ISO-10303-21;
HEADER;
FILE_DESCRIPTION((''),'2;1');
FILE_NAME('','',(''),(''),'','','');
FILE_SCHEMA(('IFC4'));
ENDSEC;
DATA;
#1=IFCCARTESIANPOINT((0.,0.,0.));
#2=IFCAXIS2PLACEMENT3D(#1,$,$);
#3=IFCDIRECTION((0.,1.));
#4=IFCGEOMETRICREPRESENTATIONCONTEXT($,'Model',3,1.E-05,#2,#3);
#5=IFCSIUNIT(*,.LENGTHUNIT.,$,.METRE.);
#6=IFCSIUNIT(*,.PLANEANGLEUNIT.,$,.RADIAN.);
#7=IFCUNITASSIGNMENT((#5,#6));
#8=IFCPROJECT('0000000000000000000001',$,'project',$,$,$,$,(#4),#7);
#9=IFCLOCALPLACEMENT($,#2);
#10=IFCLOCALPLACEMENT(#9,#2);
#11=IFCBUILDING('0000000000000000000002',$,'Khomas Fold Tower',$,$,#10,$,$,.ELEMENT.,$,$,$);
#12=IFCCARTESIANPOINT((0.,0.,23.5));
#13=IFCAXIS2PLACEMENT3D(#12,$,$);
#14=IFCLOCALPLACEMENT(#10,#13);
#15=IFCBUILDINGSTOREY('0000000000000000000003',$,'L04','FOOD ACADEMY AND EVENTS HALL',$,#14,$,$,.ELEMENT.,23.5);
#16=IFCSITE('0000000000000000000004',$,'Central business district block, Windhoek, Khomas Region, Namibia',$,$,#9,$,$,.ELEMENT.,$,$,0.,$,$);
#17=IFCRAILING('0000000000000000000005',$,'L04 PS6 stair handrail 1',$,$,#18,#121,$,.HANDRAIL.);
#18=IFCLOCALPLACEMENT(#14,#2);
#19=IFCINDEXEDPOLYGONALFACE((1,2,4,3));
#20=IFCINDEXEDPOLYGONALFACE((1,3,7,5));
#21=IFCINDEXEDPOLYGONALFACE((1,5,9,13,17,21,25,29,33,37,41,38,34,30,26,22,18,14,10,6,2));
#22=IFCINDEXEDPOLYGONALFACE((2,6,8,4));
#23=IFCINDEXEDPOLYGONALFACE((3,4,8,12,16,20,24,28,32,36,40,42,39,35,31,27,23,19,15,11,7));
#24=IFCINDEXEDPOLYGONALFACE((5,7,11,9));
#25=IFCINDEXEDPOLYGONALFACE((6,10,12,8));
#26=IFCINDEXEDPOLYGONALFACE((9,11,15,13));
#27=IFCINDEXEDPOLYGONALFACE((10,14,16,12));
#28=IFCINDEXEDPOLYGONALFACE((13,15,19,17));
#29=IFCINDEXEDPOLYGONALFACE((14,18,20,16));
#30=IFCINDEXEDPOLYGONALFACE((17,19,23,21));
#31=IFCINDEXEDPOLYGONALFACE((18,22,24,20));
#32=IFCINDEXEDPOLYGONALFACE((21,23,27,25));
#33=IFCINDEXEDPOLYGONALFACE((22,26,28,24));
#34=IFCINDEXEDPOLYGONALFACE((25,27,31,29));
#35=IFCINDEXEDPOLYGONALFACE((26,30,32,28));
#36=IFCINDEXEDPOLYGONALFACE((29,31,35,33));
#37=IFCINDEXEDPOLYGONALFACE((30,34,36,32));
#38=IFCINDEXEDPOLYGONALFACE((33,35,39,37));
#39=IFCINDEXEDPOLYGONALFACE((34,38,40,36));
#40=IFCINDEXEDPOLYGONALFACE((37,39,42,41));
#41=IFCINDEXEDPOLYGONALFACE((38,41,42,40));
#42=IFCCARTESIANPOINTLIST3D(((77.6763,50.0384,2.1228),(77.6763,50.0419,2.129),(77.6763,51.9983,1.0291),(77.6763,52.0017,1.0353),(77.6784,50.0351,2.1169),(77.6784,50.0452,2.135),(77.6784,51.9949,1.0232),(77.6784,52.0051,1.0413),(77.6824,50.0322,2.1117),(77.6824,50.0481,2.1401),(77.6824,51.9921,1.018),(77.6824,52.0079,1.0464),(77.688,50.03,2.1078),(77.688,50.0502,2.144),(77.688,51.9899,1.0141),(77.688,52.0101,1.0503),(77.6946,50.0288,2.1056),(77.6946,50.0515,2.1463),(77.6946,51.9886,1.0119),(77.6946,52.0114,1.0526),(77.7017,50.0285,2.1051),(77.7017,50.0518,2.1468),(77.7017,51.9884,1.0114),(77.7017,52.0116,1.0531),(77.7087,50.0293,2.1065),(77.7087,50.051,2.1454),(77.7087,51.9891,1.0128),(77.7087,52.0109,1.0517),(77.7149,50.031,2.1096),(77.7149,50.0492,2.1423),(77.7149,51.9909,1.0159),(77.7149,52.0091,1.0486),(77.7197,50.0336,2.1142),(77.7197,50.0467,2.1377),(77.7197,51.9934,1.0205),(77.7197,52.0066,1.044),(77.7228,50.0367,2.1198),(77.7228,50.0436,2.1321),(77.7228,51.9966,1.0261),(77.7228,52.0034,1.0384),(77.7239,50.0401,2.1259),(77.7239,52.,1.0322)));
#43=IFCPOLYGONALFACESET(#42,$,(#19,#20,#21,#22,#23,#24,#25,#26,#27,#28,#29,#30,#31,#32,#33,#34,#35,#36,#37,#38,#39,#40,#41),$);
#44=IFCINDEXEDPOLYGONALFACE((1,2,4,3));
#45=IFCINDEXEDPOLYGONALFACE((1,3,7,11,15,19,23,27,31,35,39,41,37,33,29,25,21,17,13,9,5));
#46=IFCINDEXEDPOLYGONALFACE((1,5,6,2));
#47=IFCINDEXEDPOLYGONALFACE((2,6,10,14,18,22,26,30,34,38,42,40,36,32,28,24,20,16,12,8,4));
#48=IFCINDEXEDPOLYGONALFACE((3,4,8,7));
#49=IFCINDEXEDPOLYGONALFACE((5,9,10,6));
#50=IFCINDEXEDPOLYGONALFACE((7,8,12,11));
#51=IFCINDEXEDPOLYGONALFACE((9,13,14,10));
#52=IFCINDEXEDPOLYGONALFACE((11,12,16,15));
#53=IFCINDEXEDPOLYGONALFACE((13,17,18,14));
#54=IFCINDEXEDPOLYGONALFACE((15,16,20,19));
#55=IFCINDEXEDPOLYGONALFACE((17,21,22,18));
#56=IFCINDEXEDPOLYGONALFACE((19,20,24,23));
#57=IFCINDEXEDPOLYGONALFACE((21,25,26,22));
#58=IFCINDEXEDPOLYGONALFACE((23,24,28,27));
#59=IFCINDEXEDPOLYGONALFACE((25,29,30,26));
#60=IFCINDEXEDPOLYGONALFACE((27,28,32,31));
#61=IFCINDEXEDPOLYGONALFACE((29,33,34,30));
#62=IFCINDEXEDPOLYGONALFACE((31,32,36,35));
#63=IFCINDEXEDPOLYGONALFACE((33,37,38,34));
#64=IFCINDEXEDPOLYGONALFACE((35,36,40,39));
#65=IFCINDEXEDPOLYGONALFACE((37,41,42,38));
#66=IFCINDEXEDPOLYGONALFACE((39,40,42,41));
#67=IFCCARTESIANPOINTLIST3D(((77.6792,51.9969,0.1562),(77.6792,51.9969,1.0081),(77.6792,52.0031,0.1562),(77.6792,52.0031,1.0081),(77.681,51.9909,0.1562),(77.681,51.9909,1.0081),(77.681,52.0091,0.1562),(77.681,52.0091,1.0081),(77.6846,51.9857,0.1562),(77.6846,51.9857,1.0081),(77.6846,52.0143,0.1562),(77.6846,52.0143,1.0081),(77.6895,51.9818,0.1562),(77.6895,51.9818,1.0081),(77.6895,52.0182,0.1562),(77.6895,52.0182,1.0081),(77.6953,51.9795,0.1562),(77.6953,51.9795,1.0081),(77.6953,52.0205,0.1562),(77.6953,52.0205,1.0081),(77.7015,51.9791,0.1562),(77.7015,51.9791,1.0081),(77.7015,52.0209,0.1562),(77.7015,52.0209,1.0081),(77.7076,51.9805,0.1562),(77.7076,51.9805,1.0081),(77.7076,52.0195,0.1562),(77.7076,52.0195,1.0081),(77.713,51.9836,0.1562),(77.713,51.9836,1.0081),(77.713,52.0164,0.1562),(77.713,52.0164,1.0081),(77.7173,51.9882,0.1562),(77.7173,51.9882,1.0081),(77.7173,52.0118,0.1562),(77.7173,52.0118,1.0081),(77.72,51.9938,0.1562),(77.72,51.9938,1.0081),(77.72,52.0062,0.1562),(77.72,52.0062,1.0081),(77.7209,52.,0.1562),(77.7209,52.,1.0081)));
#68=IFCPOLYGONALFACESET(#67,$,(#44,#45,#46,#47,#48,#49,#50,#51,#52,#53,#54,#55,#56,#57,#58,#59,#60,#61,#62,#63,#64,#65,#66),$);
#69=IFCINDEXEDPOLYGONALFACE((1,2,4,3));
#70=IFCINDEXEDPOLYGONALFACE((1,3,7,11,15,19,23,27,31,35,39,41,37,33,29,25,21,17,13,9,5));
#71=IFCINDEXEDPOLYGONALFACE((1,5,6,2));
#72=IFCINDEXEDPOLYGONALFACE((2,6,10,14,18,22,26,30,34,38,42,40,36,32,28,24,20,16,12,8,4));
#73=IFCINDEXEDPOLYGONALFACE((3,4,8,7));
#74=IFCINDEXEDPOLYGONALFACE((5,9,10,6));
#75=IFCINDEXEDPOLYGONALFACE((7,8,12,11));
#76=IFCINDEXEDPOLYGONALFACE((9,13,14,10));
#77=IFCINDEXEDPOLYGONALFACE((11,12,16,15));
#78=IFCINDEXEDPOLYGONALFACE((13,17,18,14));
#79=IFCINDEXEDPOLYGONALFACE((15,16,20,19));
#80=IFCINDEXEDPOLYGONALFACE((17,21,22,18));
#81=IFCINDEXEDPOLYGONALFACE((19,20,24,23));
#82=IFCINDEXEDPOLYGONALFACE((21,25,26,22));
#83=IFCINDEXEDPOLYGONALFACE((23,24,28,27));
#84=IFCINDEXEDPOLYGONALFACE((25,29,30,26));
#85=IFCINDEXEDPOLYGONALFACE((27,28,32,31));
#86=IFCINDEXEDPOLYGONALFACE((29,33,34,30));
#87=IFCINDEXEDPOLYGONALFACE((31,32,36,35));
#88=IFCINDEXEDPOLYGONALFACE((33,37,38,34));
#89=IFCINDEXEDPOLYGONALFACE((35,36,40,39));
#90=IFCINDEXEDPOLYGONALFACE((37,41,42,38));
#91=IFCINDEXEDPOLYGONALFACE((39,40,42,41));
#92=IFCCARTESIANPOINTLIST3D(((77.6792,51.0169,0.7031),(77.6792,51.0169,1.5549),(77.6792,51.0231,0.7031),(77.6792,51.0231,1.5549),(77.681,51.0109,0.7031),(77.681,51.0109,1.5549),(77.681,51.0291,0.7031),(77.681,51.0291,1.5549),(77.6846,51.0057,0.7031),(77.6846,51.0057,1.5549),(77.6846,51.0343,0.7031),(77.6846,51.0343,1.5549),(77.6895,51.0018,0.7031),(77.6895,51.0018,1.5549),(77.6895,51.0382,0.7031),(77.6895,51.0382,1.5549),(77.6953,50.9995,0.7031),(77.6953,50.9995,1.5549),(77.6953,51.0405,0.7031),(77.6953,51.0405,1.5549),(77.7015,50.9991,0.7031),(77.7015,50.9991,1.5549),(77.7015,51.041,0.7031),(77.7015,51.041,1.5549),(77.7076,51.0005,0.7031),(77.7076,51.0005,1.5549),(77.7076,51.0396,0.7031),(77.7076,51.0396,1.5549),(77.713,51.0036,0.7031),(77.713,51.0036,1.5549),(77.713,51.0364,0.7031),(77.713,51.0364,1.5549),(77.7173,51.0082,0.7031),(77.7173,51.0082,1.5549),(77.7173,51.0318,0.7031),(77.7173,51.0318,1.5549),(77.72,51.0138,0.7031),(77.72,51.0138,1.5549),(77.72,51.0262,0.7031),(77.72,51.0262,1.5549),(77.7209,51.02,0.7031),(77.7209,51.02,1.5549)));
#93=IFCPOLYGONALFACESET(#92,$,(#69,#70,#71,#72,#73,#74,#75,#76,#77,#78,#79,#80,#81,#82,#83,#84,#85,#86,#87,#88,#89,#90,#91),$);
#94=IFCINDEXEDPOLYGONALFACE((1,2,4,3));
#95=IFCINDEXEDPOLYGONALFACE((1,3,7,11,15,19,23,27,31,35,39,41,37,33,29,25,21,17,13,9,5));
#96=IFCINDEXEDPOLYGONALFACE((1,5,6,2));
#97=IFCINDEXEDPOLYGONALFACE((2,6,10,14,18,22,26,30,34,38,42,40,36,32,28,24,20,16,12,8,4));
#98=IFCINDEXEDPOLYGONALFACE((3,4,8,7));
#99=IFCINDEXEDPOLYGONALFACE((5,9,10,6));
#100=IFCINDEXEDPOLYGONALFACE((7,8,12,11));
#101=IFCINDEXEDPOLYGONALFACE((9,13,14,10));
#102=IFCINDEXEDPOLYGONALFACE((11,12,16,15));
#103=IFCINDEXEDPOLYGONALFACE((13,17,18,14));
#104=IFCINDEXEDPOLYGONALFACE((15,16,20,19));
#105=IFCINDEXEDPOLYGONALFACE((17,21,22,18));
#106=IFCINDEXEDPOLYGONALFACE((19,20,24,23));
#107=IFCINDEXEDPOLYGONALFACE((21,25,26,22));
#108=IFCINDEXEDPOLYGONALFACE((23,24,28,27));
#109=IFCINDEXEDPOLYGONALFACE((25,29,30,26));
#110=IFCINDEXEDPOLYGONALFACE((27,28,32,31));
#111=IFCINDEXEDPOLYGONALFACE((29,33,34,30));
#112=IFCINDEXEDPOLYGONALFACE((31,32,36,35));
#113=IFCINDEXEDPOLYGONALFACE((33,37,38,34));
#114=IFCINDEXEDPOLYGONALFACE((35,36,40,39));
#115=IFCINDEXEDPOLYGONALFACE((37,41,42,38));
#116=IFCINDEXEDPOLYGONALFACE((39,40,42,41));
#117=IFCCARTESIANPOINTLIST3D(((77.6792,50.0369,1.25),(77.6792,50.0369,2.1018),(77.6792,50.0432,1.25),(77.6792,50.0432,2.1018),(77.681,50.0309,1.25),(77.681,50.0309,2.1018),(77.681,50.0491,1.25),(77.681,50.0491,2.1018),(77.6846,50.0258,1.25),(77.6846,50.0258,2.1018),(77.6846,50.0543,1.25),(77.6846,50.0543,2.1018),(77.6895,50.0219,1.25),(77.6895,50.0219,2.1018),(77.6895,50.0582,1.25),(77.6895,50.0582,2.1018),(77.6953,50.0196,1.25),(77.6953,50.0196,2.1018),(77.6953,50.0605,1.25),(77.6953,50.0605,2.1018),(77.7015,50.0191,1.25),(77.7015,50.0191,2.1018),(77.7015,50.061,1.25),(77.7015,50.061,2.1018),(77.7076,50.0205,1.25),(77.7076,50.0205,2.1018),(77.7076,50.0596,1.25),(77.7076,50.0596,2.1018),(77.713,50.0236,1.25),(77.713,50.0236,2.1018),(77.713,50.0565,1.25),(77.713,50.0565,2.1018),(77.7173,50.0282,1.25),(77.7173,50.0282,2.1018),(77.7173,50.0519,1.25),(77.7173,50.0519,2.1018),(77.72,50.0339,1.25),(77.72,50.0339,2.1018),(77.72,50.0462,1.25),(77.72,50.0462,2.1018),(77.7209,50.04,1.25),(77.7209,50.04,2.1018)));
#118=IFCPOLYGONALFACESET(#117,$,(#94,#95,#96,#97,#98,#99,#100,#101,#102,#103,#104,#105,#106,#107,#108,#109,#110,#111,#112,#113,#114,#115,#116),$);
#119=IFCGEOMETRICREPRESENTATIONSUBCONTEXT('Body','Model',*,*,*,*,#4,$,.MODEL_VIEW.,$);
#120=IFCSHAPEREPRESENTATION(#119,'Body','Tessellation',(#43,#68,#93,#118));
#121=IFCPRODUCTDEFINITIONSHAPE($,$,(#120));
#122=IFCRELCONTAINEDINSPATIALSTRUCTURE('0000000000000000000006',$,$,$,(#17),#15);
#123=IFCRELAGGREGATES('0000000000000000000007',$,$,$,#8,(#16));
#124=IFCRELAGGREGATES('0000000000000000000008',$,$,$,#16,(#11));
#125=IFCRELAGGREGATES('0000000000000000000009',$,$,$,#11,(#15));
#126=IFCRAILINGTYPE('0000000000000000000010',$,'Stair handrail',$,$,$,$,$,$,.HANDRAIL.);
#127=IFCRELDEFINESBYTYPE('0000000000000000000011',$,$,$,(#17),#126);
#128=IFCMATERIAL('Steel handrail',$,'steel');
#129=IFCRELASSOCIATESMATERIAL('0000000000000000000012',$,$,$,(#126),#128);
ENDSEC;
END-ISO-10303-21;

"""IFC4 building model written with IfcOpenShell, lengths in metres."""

from ifc_helpers import new_model, si_unit, direction, frame, origin, origin_2d, place, context, subcontext, project, spatial, circle, extrude, source, transform, mapped, material, type_object, element, save


model = new_model("IFC4")

# Units and contexts
model_context = context("Model", 3, precision=1e-05, world=origin(), true_north=direction((0.0, 1.0)))
body_context = subcontext(model_context, "Body", "Model", "MODEL_VIEW")
ifc_project = project(units=[si_unit("LENGTHUNIT", "METRE"), si_unit("PLANEANGLEUNIT", "RADIAN")], contexts=[model_context])

# Site, building, storey
site_placement = place(None, origin())
site = spatial("IfcSite", under=ifc_project, at=site_placement, Name="Central business district block, Windhoek, Khomas Region, Namibia", CompositionType="ELEMENT", RefElevation=0.0)
building_placement = place(site_placement, origin())
building = spatial("IfcBuilding", under=site, at=building_placement, Name="Khomas Fold Tower", CompositionType="ELEMENT")
storey_placement = place(building_placement, frame((0.0, 0.0, 23.5)))
storey = spatial("IfcBuildingStorey", under=building, at=storey_placement, Name="L04", Description="FOOD ACADEMY AND EVENTS HALL", CompositionType="ELEMENT", Elevation=23.5)

# Railing
ifc_material_1 = material(Name="Steel handrail", Category="steel")
railing_type_1 = type_object("IfcRailingType", Name="Stair handrail", PredefinedType="HANDRAIL", material=ifc_material_1)
shared_shape_1 = source(origin(), body_context, "Body", "SweptSolid", [
    extrude(circle(Radius=0.0239, at=origin_2d()), frame((0.0, 0.0, 0.876), z_axis=(0.0, -0.873232, 0.487304), x_axis=(1.0, 0.0, 0.0)), (0.0, 0.0, 1.0), 2.2444),
    extrude(circle(Radius=0.021, at=origin_2d()), origin(), (0.0, 0.0, 1.0), 0.8518),
    extrude(circle(Radius=0.021, at=origin_2d()), frame((0.0, -0.98, 0.5469)), (0.0, 0.0, 1.0), 0.8518),
    extrude(circle(Radius=0.021, at=origin_2d()), frame((0.0, -1.96, 1.0938)), (0.0, 0.0, 1.0), 0.8518),
])
for number, where, name in (
    (1, (77.7, 52.0, 0.1562), "L04 PS6 stair handrail 1"),
):
    element("IfcRailing", number, at=place(storey_placement, frame(where)), inside=storey, type_object=railing_type_1, Name=name, PredefinedType="HANDRAIL", context=body_context, shape_type="MappedRepresentation", body=[
        mapped(shared_shape_1, transform((0.0, 0.0, 0.0))),
    ])

save(model, "model.ifc")
